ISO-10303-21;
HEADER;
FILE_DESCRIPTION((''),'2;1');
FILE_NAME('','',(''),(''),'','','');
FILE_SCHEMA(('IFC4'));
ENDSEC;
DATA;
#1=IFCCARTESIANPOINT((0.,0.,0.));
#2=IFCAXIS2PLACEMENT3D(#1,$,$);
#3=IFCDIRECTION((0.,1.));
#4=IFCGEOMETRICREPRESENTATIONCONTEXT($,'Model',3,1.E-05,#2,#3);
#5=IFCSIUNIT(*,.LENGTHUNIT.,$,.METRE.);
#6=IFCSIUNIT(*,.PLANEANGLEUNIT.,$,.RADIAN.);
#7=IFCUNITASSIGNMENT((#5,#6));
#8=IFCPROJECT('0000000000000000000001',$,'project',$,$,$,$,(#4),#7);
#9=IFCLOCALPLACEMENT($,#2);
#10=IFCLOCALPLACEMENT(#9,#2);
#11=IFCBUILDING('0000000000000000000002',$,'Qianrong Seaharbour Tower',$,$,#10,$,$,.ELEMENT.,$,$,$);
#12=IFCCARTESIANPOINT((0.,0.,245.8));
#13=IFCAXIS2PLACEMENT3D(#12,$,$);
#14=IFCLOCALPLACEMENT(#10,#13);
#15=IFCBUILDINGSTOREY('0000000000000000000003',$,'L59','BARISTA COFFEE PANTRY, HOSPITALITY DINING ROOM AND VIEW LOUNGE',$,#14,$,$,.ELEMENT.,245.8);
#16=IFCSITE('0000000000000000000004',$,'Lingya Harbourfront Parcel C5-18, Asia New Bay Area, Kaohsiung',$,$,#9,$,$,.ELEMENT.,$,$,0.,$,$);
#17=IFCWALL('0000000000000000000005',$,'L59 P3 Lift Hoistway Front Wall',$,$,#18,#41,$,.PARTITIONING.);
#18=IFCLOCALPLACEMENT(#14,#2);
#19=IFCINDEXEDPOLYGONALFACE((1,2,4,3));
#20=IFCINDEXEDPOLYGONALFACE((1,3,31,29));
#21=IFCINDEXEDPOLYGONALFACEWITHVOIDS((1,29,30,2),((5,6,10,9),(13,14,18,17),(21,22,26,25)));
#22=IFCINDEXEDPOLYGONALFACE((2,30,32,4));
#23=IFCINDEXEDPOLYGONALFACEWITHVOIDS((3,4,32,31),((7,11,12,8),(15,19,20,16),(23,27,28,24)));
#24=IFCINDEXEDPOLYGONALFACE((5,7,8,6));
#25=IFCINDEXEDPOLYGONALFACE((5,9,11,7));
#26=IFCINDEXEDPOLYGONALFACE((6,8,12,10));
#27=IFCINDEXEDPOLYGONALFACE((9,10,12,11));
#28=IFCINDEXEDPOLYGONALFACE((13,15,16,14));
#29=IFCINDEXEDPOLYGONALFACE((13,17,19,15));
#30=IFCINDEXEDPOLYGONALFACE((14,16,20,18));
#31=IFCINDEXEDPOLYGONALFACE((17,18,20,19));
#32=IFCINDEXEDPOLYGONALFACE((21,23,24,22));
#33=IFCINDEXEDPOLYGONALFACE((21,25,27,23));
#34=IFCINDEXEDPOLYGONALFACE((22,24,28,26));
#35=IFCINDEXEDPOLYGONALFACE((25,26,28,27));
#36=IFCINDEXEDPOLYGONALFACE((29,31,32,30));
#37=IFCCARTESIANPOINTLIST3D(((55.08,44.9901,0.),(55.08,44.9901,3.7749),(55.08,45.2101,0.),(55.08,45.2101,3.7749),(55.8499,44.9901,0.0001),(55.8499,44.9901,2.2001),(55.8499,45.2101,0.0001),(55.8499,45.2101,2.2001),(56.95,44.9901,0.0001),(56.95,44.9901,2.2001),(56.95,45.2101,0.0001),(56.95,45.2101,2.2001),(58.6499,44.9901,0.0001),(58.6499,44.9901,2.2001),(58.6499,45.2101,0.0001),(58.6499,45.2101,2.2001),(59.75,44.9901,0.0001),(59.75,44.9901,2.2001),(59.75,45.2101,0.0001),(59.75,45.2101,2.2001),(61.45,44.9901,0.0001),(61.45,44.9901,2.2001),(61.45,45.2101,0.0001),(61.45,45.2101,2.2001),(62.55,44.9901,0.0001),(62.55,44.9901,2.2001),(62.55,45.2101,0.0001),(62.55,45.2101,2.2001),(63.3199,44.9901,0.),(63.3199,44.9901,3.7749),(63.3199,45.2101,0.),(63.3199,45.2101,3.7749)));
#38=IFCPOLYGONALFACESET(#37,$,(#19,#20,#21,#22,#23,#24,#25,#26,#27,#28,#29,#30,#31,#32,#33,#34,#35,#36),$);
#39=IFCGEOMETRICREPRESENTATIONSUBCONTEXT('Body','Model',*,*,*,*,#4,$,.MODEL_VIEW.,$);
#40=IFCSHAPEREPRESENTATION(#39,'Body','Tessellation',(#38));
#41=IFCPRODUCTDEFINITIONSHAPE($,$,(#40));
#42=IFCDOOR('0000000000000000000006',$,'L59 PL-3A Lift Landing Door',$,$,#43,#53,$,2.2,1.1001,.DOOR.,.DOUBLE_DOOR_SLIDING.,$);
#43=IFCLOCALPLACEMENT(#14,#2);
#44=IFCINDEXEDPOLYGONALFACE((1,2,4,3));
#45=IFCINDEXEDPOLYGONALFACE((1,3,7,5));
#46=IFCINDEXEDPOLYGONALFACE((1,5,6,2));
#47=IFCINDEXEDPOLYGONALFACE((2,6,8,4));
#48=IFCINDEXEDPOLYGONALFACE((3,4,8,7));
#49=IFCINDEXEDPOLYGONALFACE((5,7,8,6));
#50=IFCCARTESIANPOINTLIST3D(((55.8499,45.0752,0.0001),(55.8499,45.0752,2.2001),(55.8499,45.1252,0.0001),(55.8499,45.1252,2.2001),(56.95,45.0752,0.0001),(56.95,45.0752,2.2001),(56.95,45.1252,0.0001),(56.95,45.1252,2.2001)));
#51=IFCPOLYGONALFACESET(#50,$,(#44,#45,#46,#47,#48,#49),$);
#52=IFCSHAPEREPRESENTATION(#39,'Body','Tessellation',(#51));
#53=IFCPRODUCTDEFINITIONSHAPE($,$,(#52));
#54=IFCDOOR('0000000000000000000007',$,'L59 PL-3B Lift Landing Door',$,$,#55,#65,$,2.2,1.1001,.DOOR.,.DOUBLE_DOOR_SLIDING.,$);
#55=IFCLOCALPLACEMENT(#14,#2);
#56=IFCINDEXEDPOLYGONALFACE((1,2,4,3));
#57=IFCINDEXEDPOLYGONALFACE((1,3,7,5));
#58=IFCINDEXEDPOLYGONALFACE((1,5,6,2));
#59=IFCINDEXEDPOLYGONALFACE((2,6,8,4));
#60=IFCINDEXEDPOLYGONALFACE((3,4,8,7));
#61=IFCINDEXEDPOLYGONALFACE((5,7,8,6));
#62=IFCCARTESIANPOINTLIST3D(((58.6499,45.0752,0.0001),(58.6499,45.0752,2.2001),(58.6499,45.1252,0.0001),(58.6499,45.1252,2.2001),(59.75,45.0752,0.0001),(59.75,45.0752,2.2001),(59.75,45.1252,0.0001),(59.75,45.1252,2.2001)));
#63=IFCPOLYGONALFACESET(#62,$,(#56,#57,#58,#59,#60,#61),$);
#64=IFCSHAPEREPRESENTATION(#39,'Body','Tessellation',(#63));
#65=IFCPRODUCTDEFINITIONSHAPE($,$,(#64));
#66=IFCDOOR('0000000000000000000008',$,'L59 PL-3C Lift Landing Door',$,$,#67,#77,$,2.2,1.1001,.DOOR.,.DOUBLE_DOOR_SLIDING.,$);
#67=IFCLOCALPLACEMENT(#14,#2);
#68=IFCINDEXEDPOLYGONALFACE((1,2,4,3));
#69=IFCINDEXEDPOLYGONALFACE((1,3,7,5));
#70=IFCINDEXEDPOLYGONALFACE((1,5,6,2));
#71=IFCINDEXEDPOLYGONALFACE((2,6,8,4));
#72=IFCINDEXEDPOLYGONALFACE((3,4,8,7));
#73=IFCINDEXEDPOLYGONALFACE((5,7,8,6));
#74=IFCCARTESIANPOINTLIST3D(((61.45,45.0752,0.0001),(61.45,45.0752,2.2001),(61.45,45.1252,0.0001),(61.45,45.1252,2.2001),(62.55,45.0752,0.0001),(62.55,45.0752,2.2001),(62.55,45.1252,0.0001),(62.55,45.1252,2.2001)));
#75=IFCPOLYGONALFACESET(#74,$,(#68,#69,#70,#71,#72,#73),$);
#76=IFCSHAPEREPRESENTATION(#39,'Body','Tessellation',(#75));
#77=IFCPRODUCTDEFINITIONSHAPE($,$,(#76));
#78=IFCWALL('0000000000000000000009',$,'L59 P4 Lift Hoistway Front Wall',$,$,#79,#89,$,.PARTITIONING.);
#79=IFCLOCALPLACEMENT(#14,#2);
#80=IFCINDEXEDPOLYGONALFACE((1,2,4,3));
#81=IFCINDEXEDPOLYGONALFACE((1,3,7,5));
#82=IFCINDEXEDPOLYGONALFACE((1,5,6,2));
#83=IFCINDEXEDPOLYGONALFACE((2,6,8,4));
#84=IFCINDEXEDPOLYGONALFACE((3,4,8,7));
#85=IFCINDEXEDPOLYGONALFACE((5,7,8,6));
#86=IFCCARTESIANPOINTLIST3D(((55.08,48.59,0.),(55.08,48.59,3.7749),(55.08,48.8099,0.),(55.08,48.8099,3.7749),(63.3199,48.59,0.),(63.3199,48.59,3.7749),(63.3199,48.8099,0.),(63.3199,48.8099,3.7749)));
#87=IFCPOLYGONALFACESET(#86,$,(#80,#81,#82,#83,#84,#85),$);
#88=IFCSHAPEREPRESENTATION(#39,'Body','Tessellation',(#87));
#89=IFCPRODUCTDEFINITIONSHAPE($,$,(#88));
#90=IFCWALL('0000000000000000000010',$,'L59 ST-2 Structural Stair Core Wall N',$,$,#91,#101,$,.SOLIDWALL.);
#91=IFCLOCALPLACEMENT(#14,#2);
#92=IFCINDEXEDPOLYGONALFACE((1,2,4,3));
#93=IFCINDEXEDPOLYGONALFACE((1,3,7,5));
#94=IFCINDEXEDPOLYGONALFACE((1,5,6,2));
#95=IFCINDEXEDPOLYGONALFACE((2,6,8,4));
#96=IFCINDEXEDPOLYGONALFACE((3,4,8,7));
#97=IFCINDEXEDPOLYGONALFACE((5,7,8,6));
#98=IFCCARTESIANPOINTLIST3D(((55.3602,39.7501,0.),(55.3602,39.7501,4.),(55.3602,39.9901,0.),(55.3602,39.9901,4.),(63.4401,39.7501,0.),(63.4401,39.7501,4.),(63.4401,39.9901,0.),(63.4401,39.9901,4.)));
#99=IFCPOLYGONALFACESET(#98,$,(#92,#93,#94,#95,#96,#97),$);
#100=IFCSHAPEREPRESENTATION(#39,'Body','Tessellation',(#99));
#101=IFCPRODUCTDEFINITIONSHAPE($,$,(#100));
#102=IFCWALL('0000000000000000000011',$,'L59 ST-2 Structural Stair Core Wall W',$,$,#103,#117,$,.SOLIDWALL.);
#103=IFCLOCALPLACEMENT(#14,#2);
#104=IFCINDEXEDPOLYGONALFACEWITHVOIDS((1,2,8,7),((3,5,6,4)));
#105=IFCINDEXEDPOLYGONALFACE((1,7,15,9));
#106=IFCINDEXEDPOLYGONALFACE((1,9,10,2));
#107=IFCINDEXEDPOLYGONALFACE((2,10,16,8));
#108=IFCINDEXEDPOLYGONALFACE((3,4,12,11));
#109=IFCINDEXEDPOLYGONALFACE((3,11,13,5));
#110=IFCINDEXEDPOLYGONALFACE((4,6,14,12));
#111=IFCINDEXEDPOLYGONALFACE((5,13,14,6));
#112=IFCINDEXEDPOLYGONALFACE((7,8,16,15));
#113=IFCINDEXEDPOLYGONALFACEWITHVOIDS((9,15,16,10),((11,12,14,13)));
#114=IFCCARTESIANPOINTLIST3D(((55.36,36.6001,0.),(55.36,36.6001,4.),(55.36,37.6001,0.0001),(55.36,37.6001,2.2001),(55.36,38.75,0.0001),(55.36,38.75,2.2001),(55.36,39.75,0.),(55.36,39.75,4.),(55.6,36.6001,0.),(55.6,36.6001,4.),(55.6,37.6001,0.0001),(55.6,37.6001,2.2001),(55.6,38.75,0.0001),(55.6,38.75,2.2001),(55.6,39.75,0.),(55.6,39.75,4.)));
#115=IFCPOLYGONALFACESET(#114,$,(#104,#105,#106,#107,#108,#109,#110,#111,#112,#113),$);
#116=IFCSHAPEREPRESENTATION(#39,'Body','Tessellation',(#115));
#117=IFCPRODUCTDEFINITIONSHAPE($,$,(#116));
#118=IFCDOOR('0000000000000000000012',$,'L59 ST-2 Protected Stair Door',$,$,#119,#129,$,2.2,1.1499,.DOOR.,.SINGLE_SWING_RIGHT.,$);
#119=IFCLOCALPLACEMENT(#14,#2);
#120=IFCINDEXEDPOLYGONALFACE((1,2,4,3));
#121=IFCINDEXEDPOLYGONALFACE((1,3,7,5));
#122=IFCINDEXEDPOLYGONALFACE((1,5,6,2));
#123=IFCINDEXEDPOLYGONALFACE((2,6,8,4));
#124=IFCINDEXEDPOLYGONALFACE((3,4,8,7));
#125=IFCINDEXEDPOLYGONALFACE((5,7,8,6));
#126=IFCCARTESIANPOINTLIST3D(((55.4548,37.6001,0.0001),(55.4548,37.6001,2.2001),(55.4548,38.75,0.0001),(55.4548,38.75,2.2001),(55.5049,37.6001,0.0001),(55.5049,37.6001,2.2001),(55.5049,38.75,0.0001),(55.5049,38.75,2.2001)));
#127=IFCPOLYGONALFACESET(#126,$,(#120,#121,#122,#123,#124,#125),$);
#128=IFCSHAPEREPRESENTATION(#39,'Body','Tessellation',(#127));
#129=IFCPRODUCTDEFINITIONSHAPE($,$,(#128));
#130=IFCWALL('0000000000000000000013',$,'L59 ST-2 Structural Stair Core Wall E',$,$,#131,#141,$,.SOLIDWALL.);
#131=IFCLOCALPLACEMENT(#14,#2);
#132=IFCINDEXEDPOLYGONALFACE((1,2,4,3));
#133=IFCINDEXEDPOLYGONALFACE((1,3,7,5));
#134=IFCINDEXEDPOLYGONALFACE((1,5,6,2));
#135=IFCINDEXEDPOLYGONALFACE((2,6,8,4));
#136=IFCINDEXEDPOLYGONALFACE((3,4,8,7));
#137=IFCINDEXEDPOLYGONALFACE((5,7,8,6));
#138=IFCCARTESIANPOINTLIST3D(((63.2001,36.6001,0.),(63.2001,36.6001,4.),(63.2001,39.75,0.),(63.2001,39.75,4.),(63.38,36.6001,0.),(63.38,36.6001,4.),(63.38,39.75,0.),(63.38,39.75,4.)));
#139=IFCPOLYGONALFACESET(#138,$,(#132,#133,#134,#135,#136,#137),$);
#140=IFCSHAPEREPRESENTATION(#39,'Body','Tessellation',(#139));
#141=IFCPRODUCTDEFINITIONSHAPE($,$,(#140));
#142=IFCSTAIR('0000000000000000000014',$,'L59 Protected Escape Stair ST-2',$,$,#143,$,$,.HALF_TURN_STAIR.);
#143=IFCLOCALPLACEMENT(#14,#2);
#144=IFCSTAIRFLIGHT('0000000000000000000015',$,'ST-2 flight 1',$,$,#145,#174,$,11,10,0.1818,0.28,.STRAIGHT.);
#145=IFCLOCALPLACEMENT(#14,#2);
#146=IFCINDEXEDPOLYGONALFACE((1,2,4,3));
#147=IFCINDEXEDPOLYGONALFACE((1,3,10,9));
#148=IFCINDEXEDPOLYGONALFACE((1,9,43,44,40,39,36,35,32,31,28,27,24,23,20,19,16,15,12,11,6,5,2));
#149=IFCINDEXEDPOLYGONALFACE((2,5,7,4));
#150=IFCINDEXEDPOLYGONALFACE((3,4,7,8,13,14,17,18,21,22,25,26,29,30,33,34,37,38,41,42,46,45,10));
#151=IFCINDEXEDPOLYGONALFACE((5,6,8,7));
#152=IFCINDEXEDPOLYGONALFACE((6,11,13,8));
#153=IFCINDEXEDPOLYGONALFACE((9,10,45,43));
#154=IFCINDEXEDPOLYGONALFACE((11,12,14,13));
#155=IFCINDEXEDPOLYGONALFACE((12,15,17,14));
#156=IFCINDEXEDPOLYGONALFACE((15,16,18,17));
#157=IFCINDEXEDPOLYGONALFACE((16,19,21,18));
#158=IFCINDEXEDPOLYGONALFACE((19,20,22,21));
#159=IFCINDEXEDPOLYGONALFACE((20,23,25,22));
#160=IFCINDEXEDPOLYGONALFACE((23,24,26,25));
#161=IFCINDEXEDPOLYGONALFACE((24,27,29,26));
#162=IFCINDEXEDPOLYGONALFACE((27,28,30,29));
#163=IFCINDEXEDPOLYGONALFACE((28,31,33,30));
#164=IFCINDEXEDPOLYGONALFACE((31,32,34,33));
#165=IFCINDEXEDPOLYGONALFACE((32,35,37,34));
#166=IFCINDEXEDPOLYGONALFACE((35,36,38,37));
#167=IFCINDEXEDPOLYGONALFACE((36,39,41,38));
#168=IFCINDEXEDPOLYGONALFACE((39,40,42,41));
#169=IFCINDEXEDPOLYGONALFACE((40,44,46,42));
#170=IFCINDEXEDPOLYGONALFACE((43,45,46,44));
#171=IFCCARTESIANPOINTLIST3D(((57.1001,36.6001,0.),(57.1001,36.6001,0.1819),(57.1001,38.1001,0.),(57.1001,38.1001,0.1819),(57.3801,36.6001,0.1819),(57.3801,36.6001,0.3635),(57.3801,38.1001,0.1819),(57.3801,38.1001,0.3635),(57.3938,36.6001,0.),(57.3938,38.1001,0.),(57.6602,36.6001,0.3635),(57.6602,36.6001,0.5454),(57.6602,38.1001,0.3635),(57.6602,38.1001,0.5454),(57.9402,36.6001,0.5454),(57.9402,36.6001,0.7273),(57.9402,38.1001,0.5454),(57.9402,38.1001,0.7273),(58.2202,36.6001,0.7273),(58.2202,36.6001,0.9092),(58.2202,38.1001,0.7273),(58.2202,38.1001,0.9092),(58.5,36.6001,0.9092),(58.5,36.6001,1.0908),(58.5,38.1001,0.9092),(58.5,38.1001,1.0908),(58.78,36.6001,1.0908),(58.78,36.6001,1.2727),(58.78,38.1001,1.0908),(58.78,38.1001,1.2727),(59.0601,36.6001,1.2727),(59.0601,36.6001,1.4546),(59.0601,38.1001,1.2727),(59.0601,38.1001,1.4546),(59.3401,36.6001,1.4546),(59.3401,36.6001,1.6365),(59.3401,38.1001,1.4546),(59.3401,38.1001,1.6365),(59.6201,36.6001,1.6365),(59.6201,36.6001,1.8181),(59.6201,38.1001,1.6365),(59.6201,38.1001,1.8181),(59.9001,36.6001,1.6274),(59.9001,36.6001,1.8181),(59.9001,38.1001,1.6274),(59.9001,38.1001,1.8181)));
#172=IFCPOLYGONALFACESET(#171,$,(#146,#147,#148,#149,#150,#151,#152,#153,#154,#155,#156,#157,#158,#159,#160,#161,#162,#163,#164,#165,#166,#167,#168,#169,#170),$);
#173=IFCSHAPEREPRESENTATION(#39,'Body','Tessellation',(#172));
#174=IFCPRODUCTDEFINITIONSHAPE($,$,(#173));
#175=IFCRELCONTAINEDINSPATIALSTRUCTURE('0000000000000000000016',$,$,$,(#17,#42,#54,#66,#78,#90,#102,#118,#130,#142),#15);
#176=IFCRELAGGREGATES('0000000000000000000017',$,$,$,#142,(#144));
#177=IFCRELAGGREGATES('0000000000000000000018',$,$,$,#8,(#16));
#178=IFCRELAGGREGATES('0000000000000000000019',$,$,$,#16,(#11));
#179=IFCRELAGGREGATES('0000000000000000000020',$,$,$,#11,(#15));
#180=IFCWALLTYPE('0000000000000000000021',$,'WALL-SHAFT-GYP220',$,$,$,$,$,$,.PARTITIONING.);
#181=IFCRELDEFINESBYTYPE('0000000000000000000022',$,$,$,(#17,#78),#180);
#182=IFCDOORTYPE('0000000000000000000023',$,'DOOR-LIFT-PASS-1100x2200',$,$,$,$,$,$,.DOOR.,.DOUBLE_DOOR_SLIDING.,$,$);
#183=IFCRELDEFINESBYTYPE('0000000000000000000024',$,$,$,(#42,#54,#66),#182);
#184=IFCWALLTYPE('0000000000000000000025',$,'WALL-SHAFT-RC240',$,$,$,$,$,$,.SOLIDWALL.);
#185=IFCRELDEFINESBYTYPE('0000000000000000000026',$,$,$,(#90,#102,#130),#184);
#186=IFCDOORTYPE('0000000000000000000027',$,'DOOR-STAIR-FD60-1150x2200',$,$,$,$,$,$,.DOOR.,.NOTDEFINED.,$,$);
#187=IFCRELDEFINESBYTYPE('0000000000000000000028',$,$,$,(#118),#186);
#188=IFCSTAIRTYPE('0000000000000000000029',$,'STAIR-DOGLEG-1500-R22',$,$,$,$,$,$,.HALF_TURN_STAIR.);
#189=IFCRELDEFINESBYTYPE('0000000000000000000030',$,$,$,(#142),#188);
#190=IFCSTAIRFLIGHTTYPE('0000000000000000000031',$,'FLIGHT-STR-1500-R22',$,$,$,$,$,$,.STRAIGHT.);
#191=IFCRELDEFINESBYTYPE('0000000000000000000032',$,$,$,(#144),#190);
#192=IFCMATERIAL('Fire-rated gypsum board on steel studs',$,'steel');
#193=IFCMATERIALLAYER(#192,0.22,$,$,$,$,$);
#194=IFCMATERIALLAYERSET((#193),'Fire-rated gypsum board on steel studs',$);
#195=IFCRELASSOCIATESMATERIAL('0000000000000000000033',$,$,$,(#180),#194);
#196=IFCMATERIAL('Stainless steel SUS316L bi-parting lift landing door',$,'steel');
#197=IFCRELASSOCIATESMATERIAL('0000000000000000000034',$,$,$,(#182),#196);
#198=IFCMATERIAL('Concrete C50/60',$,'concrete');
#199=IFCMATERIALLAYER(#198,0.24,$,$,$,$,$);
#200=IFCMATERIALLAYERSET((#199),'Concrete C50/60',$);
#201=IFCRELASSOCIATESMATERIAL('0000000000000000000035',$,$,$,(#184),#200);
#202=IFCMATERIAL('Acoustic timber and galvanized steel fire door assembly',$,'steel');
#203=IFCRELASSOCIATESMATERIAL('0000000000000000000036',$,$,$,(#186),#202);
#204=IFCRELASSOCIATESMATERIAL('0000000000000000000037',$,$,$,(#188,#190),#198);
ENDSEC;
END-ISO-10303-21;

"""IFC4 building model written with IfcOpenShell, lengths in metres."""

from ifc_helpers import new_model, si_unit, direction, frame, frame_2d, origin, place, context, subcontext, project, spatial, polyline, rectangle, outline, extrude, material, layer, layer_set, type_object, element, fill, aggregate, save


model = new_model("IFC4")

# Units and contexts
model_context = context("Model", 3, precision=1e-05, world=origin(), true_north=direction((0.0, 1.0)))
body_context = subcontext(model_context, "Body", "Model", "MODEL_VIEW")
ifc_project = project(units=[si_unit("LENGTHUNIT", "METRE"), si_unit("PLANEANGLEUNIT", "RADIAN")], contexts=[model_context])

# Site, building, storey
site_placement = place(None, origin())
site = spatial("IfcSite", under=ifc_project, at=site_placement, Name="Lingya Harbourfront Parcel C5-18, Asia New Bay Area, Kaohsiung", CompositionType="ELEMENT", RefElevation=0.0)
building_placement = place(site_placement, origin())
building = spatial("IfcBuilding", under=site, at=building_placement, Name="Qianrong Seaharbour Tower", CompositionType="ELEMENT")
storey_placement = place(building_placement, frame((0.0, 0.0, 245.8)))
storey = spatial("IfcBuildingStorey", under=building, at=storey_placement, Name="L59", Description="BARISTA COFFEE PANTRY, HOSPITALITY DINING ROOM AND VIEW LOUNGE", CompositionType="ELEMENT", Elevation=245.8)

# Shared definitions
ifc_material_1 = material(Name="Acoustic timber and galvanized steel fire door assembly", Category="steel")

# Shared definitions
ifc_material_2 = material(Name="Fire-rated gypsum board on steel studs", Category="steel")

# Wall, openings, doors
ifc_layer_1 = layer(ifc_material_2, 0.22)
ifc_layer_set_1 = layer_set([ifc_layer_1], Name="Fire-rated gypsum board on steel studs")
wall_type_1 = type_object("IfcWallType", Name="WALL-SHAFT-GYP220", PredefinedType="PARTITIONING", material=ifc_layer_set_1)
wall_1_placement = place(storey_placement, frame((63.3201, 45.1001, 0.0), z_axis=(0.0, 0.0, 1.0), x_axis=(-1.0, 0.0, 0.0)))
wall_1 = element("IfcWall", 1, at=wall_1_placement, inside=storey, type_object=wall_type_1, Name="L59 P3 Lift Hoistway Front Wall", PredefinedType="PARTITIONING", context=body_context, shape_type="SweptSolid", body=[
    extrude(rectangle(XDim=8.24, YDim=0.22, at=frame_2d((4.1201, 0.0))), origin(), (0.0, 0.0, 1.0), 3.7749),
])
opening_1_placement = place(wall_1_placement, frame((6.3701, 0.0, 0.0)))
opening_1 = element("IfcOpeningElement", 2, at=opening_1_placement, cuts=wall_1, PredefinedType="OPENING", context=body_context, shape_type="SweptSolid", body=[
    extrude(rectangle(XDim=1.1001, YDim=2.2, at=frame_2d((0.55, 1.1001))), frame((0.0, 0.1201, 0.0), z_axis=(0.0, -1.0, 0.0), x_axis=(1.0, 0.0, 0.0)), (0.0, 0.0, 1.0), 0.24),
])
opening_2_placement = place(wall_1_placement, frame((3.5701, 0.0, 0.0)))
opening_2 = element("IfcOpeningElement", 3, at=opening_2_placement, cuts=wall_1, PredefinedType="OPENING", context=body_context, shape_type="SweptSolid", body=[
    extrude(rectangle(XDim=1.1001, YDim=2.2, at=frame_2d((0.55, 1.1001))), frame((0.0, 0.1201, 0.0), z_axis=(0.0, -1.0, 0.0), x_axis=(1.0, 0.0, 0.0)), (0.0, 0.0, 1.0), 0.24),
])
opening_3_placement = place(wall_1_placement, frame((0.77, 0.0, 0.0)))
opening_3 = element("IfcOpeningElement", 4, at=opening_3_placement, cuts=wall_1, PredefinedType="OPENING", context=body_context, shape_type="SweptSolid", body=[
    extrude(rectangle(XDim=1.1001, YDim=2.2, at=frame_2d((0.55, 1.1001))), frame((0.0, 0.1201, 0.0), z_axis=(0.0, -1.0, 0.0), x_axis=(1.0, 0.0, 0.0)), (0.0, 0.0, 1.0), 0.24),
])
ifc_material_3 = material(Name="Stainless steel SUS316L bi-parting lift landing door", Category="steel")
door_type_1 = type_object("IfcDoorType", Name="DOOR-LIFT-PASS-1100x2200", OperationType="DOUBLE_DOOR_SLIDING", PredefinedType="DOOR", material=ifc_material_3)
door_1_placement = place(opening_1_placement, origin())
door_1 = element("IfcDoor", 5, at=door_1_placement, inside=storey, type_object=door_type_1, Name="L59 PL-3A Lift Landing Door", OperationType="DOUBLE_DOOR_SLIDING", OverallHeight=2.2, OverallWidth=1.1001, PredefinedType="DOOR", context=body_context, shape_type="SweptSolid", body=[
    extrude(rectangle(XDim=1.1001, YDim=2.2, at=frame_2d((0.55, 1.1001))), frame((0.0, 0.0249, 0.0), z_axis=(0.0, -1.0, 0.0), x_axis=(1.0, 0.0, 0.0)), (0.0, 0.0, 1.0), 0.05),
])
fill(opening_1, door_1)
door_2_placement = place(opening_2_placement, origin())
door_2 = element("IfcDoor", 6, at=door_2_placement, inside=storey, type_object=door_type_1, Name="L59 PL-3B Lift Landing Door", OperationType="DOUBLE_DOOR_SLIDING", OverallHeight=2.2, OverallWidth=1.1001, PredefinedType="DOOR", context=body_context, shape_type="SweptSolid", body=[
    extrude(rectangle(XDim=1.1001, YDim=2.2, at=frame_2d((0.55, 1.1001))), frame((0.0, 0.0249, 0.0), z_axis=(0.0, -1.0, 0.0), x_axis=(1.0, 0.0, 0.0)), (0.0, 0.0, 1.0), 0.05),
])
fill(opening_2, door_2)
door_3_placement = place(opening_3_placement, origin())
door_3 = element("IfcDoor", 7, at=door_3_placement, inside=storey, type_object=door_type_1, Name="L59 PL-3C Lift Landing Door", OperationType="DOUBLE_DOOR_SLIDING", OverallHeight=2.2, OverallWidth=1.1001, PredefinedType="DOOR", context=body_context, shape_type="SweptSolid", body=[
    extrude(rectangle(XDim=1.1001, YDim=2.2, at=frame_2d((0.55, 1.1001))), frame((0.0, 0.0249, 0.0), z_axis=(0.0, -1.0, 0.0), x_axis=(1.0, 0.0, 0.0)), (0.0, 0.0, 1.0), 0.05),
])
fill(opening_3, door_3)

# Walls
wall_2_placement = place(storey_placement, frame((63.3201, 48.7, 0.0), z_axis=(0.0, 0.0, 1.0), x_axis=(-1.0, 0.0, 0.0)))
element("IfcWall", 8, at=wall_2_placement, inside=storey, type_object=wall_type_1, Name="L59 P4 Lift Hoistway Front Wall", PredefinedType="PARTITIONING", context=body_context, shape_type="SweptSolid", body=[
    extrude(rectangle(XDim=8.24, YDim=0.22, at=frame_2d((4.1201, 0.0))), origin(), (0.0, 0.0, 1.0), 3.7749),
])
ifc_material_4 = material(Name="Concrete C50/60", Category="concrete")
ifc_layer_2 = layer(ifc_material_4, 0.24)
ifc_layer_set_2 = layer_set([ifc_layer_2], Name="Concrete C50/60")
wall_type_2 = type_object("IfcWallType", Name="WALL-SHAFT-RC240", PredefinedType="SOLIDWALL", material=ifc_layer_set_2)
wall_3_placement = place(storey_placement, frame((55.3601, 39.8701, 0.0), z_axis=(0.0, 0.0, 1.0), x_axis=(1.0, 0.0, 0.0)))
element("IfcWall", 9, at=wall_3_placement, inside=storey, type_object=wall_type_2, Name="L59 ST-2 Structural Stair Core Wall N", PredefinedType="SOLIDWALL", context=body_context, shape_type="SweptSolid", body=[
    extrude(rectangle(XDim=8.0798, YDim=0.24, at=frame_2d((4.04, 0.0))), origin(), (0.0, 0.0, 1.0), 4.0),
])

# Wall, opening, door
wall_4_placement = place(storey_placement, frame((55.48, 39.75, 0.0), z_axis=(0.0, 0.0, 1.0), x_axis=(0.0, -1.0, 0.0)))
wall_4 = element("IfcWall", 10, at=wall_4_placement, inside=storey, type_object=wall_type_2, Name="L59 ST-2 Structural Stair Core Wall W", PredefinedType="SOLIDWALL", context=body_context, shape_type="SweptSolid", body=[
    extrude(rectangle(XDim=3.1499, YDim=0.24, at=frame_2d((1.575, 0.0))), origin(), (0.0, 0.0, 1.0), 4.0),
])
opening_4_placement = place(wall_4_placement, frame((1.0, 0.0, 0.0)))
opening_4 = element("IfcOpeningElement", 11, at=opening_4_placement, cuts=wall_4, PredefinedType="OPENING", context=body_context, shape_type="SweptSolid", body=[
    extrude(rectangle(XDim=1.1499, YDim=2.2, at=frame_2d((0.575, 1.1001))), frame((0.0, 0.1299, 0.0), z_axis=(0.0, -1.0, 0.0), x_axis=(1.0, 0.0, 0.0)), (0.0, 0.0, 1.0), 0.26),
])
door_type_2 = type_object("IfcDoorType", Name="DOOR-STAIR-FD60-1150x2200", OperationType="NOTDEFINED", PredefinedType="DOOR", material=ifc_material_1)
door_4_placement = place(opening_4_placement, origin())
door_4 = element("IfcDoor", 12, at=door_4_placement, inside=storey, type_object=door_type_2, Name="L59 ST-2 Protected Stair Door", OperationType="SINGLE_SWING_RIGHT", OverallHeight=2.2, OverallWidth=1.1499, PredefinedType="DOOR", context=body_context, shape_type="SweptSolid", body=[
    extrude(rectangle(XDim=1.1499, YDim=2.2, at=frame_2d((0.575, 1.1001))), frame((0.0, 0.0249, 0.0), z_axis=(0.0, -1.0, 0.0), x_axis=(1.0, 0.0, 0.0)), (0.0, 0.0, 1.0), 0.05),
])
fill(opening_4, door_4)

# Wall
wall_5_placement = place(storey_placement, frame((63.29, 36.6001, 0.0), z_axis=(0.0, 0.0, 1.0), x_axis=(0.0, 1.0, 0.0)))
element("IfcWall", 13, at=wall_5_placement, inside=storey, type_object=wall_type_2, Name="L59 ST-2 Structural Stair Core Wall E", PredefinedType="SOLIDWALL", context=body_context, shape_type="SweptSolid", body=[
    extrude(rectangle(XDim=3.1499, YDim=0.1799, at=frame_2d((1.575, 0.0))), origin(), (0.0, 0.0, 1.0), 4.0),
])

# Stair, stair flight
stair_type = type_object("IfcStairType", Name="STAIR-DOGLEG-1500-R22", PredefinedType="HALF_TURN_STAIR", material=ifc_material_4)
stair_placement = place(storey_placement, origin())
stair = element("IfcStair", 14, at=stair_placement, inside=storey, type_object=stair_type, Name="L59 Protected Escape Stair ST-2", PredefinedType="HALF_TURN_STAIR")
stair_flight_type = type_object("IfcStairFlightType", Name="FLIGHT-STR-1500-R22", PredefinedType="STRAIGHT", material=ifc_material_4)
stair_flight_1_placement = place(storey_placement, frame((57.1001, 37.3501, 0.0), z_axis=(0.0, 0.0, 1.0), x_axis=(1.0, 0.0, 0.0)))
stair_flight_1 = element("IfcStairFlight", 15, at=stair_flight_1_placement, type_object=stair_flight_type, Name="ST-2 flight 1", NumberOfRisers=11, NumberOfTreads=10, PredefinedType="STRAIGHT", RiserHeight=0.1818, TreadLength=0.28, context=body_context, shape_type="SweptSolid", body=[
    extrude(outline(polyline([(0.0, 0.0), (0.0, 0.1819), (0.28, 0.1819), (0.28, 0.3635), (0.5601, 0.3635), (0.5601, 0.5454), (0.8401, 0.5454), (0.8401, 0.7273), (1.1201, 0.7273), (1.1201, 0.9092), (1.3999, 0.9092), (1.3999, 1.0908), (1.6799, 1.0908), (1.6799, 1.2727), (1.96, 1.2727), (1.96, 1.4546), (2.24, 1.4546), (2.24, 1.6365), (2.52, 1.6365), (2.52, 1.8181), (2.8, 1.8181), (2.8, 2.0), (2.8, 1.6274), (0.2937, 0.0), (0.0, 0.0)])), frame((0.0, 0.75, 0.0), z_axis=(0.0, -1.0, 0.0), x_axis=(1.0, 0.0, 0.0)), (0.0, 0.0, 1.0), 1.5),
])
aggregate(stair, [stair_flight_1])

save(model, "model.ifc")
